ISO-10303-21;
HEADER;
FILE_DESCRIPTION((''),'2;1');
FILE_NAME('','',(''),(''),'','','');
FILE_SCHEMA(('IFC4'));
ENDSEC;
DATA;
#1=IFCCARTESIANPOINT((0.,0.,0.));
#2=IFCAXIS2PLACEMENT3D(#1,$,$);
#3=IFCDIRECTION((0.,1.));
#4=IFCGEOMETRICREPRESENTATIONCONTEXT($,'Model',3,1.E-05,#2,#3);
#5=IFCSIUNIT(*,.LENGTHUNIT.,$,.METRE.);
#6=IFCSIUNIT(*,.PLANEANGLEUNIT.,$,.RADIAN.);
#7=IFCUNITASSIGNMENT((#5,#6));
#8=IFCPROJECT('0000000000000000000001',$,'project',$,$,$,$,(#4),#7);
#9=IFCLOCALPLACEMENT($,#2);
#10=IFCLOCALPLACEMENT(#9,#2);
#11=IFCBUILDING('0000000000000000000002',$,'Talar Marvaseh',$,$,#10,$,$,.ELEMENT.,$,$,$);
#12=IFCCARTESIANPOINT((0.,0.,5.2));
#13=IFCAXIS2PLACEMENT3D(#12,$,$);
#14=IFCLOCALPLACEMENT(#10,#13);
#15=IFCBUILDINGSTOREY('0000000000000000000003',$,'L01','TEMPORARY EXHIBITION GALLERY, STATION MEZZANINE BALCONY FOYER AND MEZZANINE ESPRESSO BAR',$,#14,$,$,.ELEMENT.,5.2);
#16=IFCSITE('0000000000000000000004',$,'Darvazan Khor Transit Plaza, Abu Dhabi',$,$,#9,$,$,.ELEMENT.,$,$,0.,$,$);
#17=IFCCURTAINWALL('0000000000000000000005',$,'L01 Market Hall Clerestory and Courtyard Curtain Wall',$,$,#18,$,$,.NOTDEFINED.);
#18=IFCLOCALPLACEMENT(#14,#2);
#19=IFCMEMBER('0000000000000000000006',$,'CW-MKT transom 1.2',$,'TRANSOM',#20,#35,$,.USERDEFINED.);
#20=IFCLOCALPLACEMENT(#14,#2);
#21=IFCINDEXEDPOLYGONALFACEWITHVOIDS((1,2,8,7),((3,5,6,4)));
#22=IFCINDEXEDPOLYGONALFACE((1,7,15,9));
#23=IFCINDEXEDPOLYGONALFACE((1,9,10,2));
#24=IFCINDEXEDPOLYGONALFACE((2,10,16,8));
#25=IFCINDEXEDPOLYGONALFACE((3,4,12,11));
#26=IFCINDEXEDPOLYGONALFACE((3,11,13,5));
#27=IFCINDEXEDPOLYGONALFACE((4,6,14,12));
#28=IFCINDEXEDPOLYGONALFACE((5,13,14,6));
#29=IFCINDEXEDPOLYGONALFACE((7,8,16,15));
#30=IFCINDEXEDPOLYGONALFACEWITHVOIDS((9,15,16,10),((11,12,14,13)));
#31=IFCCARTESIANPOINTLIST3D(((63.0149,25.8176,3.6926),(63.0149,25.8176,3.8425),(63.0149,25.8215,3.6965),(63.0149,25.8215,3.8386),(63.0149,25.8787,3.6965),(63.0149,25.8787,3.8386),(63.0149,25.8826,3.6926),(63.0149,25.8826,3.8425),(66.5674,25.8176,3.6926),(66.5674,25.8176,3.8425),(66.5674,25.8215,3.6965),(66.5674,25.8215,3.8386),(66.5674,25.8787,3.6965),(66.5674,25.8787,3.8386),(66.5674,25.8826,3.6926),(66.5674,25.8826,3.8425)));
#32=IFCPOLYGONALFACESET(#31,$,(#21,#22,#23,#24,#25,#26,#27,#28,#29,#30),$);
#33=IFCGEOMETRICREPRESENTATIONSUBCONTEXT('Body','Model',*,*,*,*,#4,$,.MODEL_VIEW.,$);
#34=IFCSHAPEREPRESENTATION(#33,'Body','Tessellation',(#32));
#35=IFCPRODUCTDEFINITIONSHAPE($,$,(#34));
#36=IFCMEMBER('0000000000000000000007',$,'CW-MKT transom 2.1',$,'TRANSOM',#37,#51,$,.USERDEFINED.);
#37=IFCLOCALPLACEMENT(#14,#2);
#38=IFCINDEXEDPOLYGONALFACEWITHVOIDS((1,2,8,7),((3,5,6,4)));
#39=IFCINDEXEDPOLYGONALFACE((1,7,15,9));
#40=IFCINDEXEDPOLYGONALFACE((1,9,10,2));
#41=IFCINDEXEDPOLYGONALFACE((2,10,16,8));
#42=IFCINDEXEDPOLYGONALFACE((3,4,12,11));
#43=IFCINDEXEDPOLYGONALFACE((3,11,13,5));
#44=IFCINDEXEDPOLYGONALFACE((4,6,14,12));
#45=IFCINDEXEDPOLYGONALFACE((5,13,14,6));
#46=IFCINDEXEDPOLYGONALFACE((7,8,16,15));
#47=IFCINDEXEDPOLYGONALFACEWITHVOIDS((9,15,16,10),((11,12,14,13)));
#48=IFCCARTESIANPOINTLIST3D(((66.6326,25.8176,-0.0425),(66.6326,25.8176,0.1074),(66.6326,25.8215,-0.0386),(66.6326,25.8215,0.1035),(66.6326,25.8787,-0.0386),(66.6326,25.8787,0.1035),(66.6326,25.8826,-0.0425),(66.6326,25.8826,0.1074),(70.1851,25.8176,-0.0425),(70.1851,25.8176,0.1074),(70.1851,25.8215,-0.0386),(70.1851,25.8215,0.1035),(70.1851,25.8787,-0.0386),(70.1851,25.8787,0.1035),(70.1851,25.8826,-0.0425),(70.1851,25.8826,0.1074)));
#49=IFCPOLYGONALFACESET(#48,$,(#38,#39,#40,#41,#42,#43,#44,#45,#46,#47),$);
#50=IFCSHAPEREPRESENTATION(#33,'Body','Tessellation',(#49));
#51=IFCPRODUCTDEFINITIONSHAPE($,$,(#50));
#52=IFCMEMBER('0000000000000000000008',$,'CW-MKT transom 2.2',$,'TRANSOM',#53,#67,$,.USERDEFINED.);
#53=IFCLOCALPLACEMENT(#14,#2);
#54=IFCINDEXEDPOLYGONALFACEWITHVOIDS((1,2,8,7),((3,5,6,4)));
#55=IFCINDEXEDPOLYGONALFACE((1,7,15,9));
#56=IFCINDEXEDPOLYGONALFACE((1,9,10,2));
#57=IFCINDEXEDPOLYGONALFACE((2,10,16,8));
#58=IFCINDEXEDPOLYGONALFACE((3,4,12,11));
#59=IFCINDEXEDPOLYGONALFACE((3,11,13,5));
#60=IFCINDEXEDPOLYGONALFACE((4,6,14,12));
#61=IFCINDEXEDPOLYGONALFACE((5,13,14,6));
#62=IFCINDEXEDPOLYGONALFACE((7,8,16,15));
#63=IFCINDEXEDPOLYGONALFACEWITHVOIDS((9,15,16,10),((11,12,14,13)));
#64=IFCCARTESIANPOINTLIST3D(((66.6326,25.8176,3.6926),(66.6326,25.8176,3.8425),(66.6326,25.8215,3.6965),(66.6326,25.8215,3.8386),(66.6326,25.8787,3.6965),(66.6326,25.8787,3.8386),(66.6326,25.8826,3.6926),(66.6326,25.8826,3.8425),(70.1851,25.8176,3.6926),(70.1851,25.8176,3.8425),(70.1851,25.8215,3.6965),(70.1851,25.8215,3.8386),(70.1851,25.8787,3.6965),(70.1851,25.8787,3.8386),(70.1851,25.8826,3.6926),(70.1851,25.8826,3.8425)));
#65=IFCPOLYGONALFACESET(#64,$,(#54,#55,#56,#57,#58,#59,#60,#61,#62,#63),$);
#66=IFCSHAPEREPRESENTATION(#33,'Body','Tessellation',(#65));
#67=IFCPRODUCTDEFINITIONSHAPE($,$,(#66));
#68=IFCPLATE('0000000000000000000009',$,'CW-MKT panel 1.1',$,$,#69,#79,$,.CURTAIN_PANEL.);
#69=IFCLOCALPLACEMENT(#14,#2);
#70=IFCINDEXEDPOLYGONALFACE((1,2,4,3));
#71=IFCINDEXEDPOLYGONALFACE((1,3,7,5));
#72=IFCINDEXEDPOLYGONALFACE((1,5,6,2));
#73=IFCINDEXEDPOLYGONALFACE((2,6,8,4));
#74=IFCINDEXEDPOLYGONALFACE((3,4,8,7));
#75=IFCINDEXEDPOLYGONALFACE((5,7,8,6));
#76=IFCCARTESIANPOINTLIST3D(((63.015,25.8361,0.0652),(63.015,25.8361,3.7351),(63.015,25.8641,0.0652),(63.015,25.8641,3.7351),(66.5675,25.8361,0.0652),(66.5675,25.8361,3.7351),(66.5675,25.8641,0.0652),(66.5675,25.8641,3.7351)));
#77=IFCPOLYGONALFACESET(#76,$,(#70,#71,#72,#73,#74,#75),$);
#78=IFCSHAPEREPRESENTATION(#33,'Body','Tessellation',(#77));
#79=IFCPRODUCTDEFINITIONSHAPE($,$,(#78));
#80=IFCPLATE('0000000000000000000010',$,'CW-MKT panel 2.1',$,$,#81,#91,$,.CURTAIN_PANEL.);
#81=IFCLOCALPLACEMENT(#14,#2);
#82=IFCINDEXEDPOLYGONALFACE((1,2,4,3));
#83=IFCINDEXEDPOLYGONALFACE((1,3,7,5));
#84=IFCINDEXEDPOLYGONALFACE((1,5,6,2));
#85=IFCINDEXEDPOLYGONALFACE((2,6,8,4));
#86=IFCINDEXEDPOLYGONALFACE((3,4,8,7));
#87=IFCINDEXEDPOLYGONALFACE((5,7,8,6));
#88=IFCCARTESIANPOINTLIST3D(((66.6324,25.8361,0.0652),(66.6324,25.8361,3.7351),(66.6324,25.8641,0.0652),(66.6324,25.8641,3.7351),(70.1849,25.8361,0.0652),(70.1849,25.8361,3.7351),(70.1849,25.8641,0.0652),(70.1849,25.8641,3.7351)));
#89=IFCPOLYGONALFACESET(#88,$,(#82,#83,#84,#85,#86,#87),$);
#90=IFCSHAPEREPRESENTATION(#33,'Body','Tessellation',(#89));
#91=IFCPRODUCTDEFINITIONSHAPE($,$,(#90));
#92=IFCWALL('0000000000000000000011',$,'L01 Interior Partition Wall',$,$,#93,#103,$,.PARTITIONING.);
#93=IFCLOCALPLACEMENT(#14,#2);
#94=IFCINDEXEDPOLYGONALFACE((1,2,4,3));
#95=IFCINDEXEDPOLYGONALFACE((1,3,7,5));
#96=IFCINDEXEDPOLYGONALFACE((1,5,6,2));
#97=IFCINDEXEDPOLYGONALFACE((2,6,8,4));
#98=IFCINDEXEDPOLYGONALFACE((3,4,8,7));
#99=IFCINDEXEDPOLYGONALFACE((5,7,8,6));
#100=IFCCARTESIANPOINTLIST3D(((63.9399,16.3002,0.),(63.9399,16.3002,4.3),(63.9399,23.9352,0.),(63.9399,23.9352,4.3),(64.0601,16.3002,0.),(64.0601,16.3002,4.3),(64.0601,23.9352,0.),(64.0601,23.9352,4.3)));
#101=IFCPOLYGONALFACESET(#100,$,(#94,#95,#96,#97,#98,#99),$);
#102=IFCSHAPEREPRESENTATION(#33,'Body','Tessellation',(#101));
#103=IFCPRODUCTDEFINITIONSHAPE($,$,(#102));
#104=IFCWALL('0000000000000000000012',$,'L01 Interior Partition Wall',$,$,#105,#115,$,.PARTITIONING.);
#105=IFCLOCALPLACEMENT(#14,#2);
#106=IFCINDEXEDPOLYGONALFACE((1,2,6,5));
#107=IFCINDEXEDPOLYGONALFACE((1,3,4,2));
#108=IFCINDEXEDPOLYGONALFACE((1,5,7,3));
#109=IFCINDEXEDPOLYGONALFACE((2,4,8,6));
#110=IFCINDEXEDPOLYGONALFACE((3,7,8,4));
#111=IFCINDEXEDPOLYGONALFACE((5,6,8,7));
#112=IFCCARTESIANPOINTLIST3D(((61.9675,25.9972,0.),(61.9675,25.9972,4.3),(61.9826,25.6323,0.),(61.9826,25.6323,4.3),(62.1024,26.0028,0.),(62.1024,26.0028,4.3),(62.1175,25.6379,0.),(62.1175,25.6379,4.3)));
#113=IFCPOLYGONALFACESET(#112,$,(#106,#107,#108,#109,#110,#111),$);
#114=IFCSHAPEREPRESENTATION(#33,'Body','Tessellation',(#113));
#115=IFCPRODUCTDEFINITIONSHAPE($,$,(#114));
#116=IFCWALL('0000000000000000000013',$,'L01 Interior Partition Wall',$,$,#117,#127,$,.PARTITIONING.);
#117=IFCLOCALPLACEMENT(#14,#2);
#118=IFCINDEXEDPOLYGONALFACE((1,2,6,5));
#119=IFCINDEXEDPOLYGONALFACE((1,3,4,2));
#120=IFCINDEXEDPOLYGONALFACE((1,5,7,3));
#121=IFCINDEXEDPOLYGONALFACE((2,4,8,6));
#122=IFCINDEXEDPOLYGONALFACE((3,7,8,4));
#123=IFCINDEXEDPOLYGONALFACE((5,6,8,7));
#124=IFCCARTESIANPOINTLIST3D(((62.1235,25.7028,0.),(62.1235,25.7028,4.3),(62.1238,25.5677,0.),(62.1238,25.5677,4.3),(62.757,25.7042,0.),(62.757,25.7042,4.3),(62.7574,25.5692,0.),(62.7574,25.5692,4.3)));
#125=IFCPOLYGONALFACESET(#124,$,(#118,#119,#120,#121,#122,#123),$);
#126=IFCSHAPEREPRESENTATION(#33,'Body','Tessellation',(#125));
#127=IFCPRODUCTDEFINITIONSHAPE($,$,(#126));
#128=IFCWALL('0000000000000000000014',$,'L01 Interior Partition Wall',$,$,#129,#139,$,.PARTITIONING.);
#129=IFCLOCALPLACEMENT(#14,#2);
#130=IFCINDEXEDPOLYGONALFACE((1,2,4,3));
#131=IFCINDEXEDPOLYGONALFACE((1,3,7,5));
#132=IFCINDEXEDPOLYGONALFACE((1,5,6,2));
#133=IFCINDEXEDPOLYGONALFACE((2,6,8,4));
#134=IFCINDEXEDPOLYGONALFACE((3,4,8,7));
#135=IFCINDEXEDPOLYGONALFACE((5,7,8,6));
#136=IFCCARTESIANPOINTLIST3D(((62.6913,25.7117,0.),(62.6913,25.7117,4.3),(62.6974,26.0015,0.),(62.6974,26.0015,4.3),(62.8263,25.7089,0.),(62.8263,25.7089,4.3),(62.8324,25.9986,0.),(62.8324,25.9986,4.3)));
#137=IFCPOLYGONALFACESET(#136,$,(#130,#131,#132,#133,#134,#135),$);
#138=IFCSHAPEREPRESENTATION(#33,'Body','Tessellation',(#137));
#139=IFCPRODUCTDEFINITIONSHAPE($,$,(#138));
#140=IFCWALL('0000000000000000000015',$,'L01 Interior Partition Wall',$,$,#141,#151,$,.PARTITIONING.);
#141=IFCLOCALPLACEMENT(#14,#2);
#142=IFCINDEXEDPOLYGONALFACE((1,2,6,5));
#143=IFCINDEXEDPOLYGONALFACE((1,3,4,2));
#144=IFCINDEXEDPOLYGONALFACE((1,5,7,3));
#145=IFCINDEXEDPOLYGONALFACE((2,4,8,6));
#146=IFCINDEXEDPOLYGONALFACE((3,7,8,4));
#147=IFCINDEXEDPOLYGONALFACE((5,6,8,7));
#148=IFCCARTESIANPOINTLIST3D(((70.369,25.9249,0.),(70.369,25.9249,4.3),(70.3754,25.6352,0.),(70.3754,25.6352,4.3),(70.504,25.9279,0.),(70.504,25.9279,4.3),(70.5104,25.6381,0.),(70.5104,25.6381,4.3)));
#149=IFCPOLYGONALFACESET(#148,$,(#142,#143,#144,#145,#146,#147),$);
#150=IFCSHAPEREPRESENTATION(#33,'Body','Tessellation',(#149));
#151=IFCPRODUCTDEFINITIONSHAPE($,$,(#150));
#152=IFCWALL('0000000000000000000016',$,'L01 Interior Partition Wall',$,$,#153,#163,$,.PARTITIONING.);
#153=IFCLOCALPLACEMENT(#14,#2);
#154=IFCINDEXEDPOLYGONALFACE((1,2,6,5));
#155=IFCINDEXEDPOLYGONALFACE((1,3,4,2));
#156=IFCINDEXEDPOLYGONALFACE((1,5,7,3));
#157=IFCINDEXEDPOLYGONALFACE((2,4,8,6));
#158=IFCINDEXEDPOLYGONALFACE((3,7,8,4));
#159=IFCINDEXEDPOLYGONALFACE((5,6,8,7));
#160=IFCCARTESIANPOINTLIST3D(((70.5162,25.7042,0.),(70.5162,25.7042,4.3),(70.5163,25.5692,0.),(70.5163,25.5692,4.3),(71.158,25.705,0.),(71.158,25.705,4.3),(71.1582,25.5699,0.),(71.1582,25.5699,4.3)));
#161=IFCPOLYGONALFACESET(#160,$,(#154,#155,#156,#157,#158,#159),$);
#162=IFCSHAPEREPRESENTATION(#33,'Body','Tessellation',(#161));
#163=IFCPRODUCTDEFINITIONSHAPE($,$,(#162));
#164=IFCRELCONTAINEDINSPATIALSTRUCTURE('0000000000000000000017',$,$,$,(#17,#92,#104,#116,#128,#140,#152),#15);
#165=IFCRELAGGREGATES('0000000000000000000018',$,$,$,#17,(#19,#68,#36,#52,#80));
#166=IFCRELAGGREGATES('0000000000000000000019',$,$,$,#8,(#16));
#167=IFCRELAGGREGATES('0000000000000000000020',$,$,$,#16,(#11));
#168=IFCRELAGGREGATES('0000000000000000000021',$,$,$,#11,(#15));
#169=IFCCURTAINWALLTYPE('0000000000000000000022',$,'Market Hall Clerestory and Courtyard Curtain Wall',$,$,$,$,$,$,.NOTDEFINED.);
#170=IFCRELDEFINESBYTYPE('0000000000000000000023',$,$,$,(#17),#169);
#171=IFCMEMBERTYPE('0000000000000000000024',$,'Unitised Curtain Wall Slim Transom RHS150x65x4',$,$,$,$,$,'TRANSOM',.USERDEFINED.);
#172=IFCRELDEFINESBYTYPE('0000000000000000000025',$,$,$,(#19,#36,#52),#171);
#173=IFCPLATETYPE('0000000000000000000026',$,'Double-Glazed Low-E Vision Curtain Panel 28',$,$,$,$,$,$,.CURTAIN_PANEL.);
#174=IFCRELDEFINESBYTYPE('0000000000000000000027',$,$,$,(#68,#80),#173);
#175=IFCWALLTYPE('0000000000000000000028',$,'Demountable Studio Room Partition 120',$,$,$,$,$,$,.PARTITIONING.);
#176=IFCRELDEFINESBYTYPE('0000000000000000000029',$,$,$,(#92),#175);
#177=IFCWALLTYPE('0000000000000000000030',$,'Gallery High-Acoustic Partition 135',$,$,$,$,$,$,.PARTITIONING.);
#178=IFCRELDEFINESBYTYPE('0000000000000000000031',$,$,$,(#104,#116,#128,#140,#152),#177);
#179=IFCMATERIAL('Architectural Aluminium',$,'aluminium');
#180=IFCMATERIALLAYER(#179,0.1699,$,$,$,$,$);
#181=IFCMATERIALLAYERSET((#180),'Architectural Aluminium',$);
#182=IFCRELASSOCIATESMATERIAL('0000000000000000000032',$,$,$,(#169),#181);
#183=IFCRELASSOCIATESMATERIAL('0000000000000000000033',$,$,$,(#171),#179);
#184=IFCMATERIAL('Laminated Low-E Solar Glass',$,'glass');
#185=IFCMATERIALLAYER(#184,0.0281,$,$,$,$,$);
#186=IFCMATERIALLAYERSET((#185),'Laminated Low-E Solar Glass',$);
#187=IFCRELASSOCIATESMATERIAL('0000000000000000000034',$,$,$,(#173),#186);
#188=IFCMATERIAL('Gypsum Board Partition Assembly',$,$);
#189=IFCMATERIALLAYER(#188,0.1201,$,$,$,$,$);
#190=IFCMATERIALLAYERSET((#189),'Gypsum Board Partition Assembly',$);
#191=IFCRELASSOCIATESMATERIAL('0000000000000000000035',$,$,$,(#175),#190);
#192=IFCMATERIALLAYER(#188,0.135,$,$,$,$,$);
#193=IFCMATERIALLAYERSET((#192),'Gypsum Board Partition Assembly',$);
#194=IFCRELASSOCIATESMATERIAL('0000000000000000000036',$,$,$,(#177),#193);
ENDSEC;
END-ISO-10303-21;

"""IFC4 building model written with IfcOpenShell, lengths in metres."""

from ifc_helpers import new_model, si_unit, direction, frame, frame_2d, origin, origin_2d, place, context, subcontext, project, spatial, rectangle, hollow_rectangle, extrude, source, transform, mapped, material, layer, layer_set, material_profile, profile_set, type_object, type_shapes, element, aggregate, save


model = new_model("IFC4")

# Units and contexts
model_context = context("Model", 3, precision=1e-05, world=origin(), true_north=direction((0.0, 1.0)))
body_context = subcontext(model_context, "Body", "Model", "MODEL_VIEW")
ifc_project = project(units=[si_unit("LENGTHUNIT", "METRE"), si_unit("PLANEANGLEUNIT", "RADIAN")], contexts=[model_context])

# Site, building, storey
site_placement = place(None, origin())
site = spatial("IfcSite", under=ifc_project, at=site_placement, Name="Darvazan Khor Transit Plaza, Abu Dhabi", CompositionType="ELEMENT", RefElevation=0.0)
building_placement = place(site_placement, origin())
building = spatial("IfcBuilding", under=site, at=building_placement, Name="Talar Marvaseh", CompositionType="ELEMENT")
storey_placement = place(building_placement, frame((0.0, 0.0, 5.2)))
storey = spatial("IfcBuildingStorey", under=building, at=storey_placement, Name="L01", Description="TEMPORARY EXHIBITION GALLERY, STATION MEZZANINE BALCONY FOYER AND MEZZANINE ESPRESSO BAR", CompositionType="ELEMENT", Elevation=5.2)

# Curtain wall, members, plates
ifc_material_1 = material(Name="Architectural Aluminium", Category="aluminium")
ifc_layer_1 = layer(ifc_material_1, 0.1699)
ifc_layer_set_1 = layer_set([ifc_layer_1], Name="Architectural Aluminium")
curtain_wall_type = type_object("IfcCurtainWallType", Name="Market Hall Clerestory and Courtyard Curtain Wall", PredefinedType="NOTDEFINED", material=ifc_layer_set_1)
curtain_wall_placement = place(storey_placement, origin())
curtain_wall = element("IfcCurtainWall", 1, at=curtain_wall_placement, inside=storey, type_object=curtain_wall_type, Name="L01 Market Hall Clerestory and Courtyard Curtain Wall", PredefinedType="NOTDEFINED")
ifc_material_profile_1 = material_profile(ifc_material_1, hollow_rectangle(XDim=0.0649, YDim=0.1499, WallThickness=0.0039, at=origin_2d()), Name="RHS150x65x4")
ifc_profile_set_1 = profile_set([ifc_material_profile_1], Name="Architectural Aluminium")
member_type_1 = type_object("IfcMemberType", Name="Unitised Curtain Wall Slim Transom RHS150x65x4", ElementType="TRANSOM", PredefinedType="USERDEFINED", material=ifc_profile_set_1)
shared_shape_1 = source(origin(), body_context, "Body", "SweptSolid", [
    extrude(hollow_rectangle(XDim=0.0649, YDim=0.1499, WallThickness=0.0039, at=origin_2d()), origin(), (0.0, 0.0, 1.0), 3.5525),
])
type_shapes(member_type_1, [shared_shape_1])
member_1_placement = place(storey_placement, frame((63.0149, 25.8501, 3.7676), z_axis=(1.0, 0.0, 0.0), x_axis=(0.0, 1.0, 0.0)))
member_1 = element("IfcMember", 2, at=member_1_placement, type_object=member_type_1, Name="CW-MKT transom 1.2", ObjectType="TRANSOM", PredefinedType="USERDEFINED", context=body_context, shape_type="MappedRepresentation", body=[
    mapped(shared_shape_1, transform((0.0, 0.0, 0.0), x_axis=(1.0, 0.0, 0.0), y_axis=(0.0, 1.0, 0.0), z_axis=(0.0, 0.0, 1.0), scale=1.0)),
])
member_2_placement = place(storey_placement, frame((66.6326, 25.8501, 0.0325), z_axis=(1.0, 0.0, 0.0), x_axis=(0.0, 1.0, 0.0)))
member_2 = element("IfcMember", 3, at=member_2_placement, type_object=member_type_1, Name="CW-MKT transom 2.1", ObjectType="TRANSOM", PredefinedType="USERDEFINED", context=body_context, shape_type="MappedRepresentation", body=[
    mapped(shared_shape_1, transform((0.0, 0.0, 0.0), x_axis=(1.0, 0.0, 0.0), y_axis=(0.0, 1.0, 0.0), z_axis=(0.0, 0.0, 1.0), scale=1.0)),
])
member_3_placement = place(storey_placement, frame((66.6326, 25.8501, 3.7676), z_axis=(1.0, 0.0, 0.0), x_axis=(0.0, 1.0, 0.0)))
member_3 = element("IfcMember", 4, at=member_3_placement, type_object=member_type_1, Name="CW-MKT transom 2.2", ObjectType="TRANSOM", PredefinedType="USERDEFINED", context=body_context, shape_type="MappedRepresentation", body=[
    mapped(shared_shape_1, transform((0.0, 0.0, 0.0), x_axis=(1.0, 0.0, 0.0), y_axis=(0.0, 1.0, 0.0), z_axis=(0.0, 0.0, 1.0), scale=1.0)),
])
ifc_material_2 = material(Name="Laminated Low-E Solar Glass", Category="glass")
ifc_layer_2 = layer(ifc_material_2, 0.0281)
ifc_layer_set_2 = layer_set([ifc_layer_2], Name="Laminated Low-E Solar Glass")
plate_type = type_object("IfcPlateType", Name="Double-Glazed Low-E Vision Curtain Panel 28", PredefinedType="CURTAIN_PANEL", material=ifc_layer_set_2)
shared_shape_2 = source(origin(), body_context, "Body", "SweptSolid", [
    extrude(rectangle(XDim=3.5525, YDim=0.0281, at=origin_2d()), origin(), (0.0, 0.0, 1.0), 3.6699),
])
type_shapes(plate_type, [shared_shape_2])
plate_1_placement = place(storey_placement, frame((64.7913, 25.8501, 0.0652), z_axis=(0.0, 0.0, 1.0), x_axis=(1.0, 0.0, 0.0)))
plate_1 = element("IfcPlate", 5, at=plate_1_placement, type_object=plate_type, Name="CW-MKT panel 1.1", PredefinedType="CURTAIN_PANEL", context=body_context, shape_type="MappedRepresentation", body=[
    mapped(shared_shape_2, transform((0.0, 0.0, 0.0), x_axis=(1.0, 0.0, 0.0), y_axis=(0.0, 1.0, 0.0), z_axis=(0.0, 0.0, 1.0), scale=1.0)),
])
plate_2_placement = place(storey_placement, frame((68.4087, 25.8501, 0.0652), z_axis=(0.0, 0.0, 1.0), x_axis=(1.0, 0.0, 0.0)))
plate_2 = element("IfcPlate", 6, at=plate_2_placement, type_object=plate_type, Name="CW-MKT panel 2.1", PredefinedType="CURTAIN_PANEL", context=body_context, shape_type="MappedRepresentation", body=[
    mapped(shared_shape_2, transform((0.0, 0.0, 0.0), x_axis=(1.0, 0.0, 0.0), y_axis=(0.0, 1.0, 0.0), z_axis=(0.0, 0.0, 1.0), scale=1.0)),
])
aggregate(curtain_wall, [member_1, plate_1, member_2, member_3, plate_2])

# Walls
ifc_material_3 = material(Name="Gypsum Board Partition Assembly")
ifc_layer_3 = layer(ifc_material_3, 0.1201)
ifc_layer_set_3 = layer_set([ifc_layer_3], Name="Gypsum Board Partition Assembly")
wall_type_1 = type_object("IfcWallType", Name="Demountable Studio Room Partition 120", PredefinedType="PARTITIONING", material=ifc_layer_set_3)
wall_1_placement = place(storey_placement, frame((64.0, 23.9351, 0.0), z_axis=(0.0, 0.0, 1.0), x_axis=(0.0, -1.0, 0.0)))
element("IfcWall", 7, at=wall_1_placement, inside=storey, type_object=wall_type_1, Name="L01 Interior Partition Wall", PredefinedType="PARTITIONING", context=body_context, shape_type="SweptSolid", body=[
    extrude(rectangle(XDim=7.635, YDim=0.1201, at=frame_2d((3.8174, 0.0))), origin(), (0.0, 0.0, 1.0), 4.3),
])
ifc_layer_4 = layer(ifc_material_3, 0.135)
ifc_layer_set_4 = layer_set([ifc_layer_4], Name="Gypsum Board Partition Assembly")
wall_type_2 = type_object("IfcWallType", Name="Gallery High-Acoustic Partition 135", PredefinedType="PARTITIONING", material=ifc_layer_set_4)
wall_2_placement = place(storey_placement, frame((62.0349, 26.0, 0.0), z_axis=(0.0, 0.0, 1.0), x_axis=(0.041436, -0.999141, 0.0)))
element("IfcWall", 8, at=wall_2_placement, inside=storey, type_object=wall_type_2, Name="L01 Interior Partition Wall", PredefinedType="PARTITIONING", context=body_context, shape_type="SweptSolid", body=[
    extrude(rectangle(XDim=0.3652, YDim=0.135, at=frame_2d((0.1826, 0.0))), origin(), (0.0, 0.0, 1.0), 4.3),
])
wall_3_placement = place(storey_placement, frame((62.1235, 25.6353, 0.0), z_axis=(0.0, 0.0, 1.0), x_axis=(0.999997, 0.002312, 0.0)))
element("IfcWall", 9, at=wall_3_placement, inside=storey, type_object=wall_type_2, Name="L01 Interior Partition Wall", PredefinedType="PARTITIONING", context=body_context, shape_type="SweptSolid", body=[
    extrude(rectangle(XDim=0.6335, YDim=0.135, at=frame_2d((0.3169, 0.0))), origin(), (0.0, 0.0, 1.0), 4.3),
])
for number, where, z_axis, x_axis, name in (
    (10, (62.7588, 25.7102, 0.0), (0.0, 0.0, 1.0), (0.021057, 0.999778, 0.0), "L01 Interior Partition Wall"),
    (11, (70.4365, 25.9265, 0.0), (0.0, 0.0, 1.0), (0.021899, -0.99976, 0.0), "L01 Interior Partition Wall"),
):
    element("IfcWall", number, at=place(storey_placement, frame(where, z_axis=z_axis, x_axis=x_axis)), inside=storey, type_object=wall_type_2, Name=name, PredefinedType="PARTITIONING", context=body_context, shape_type="SweptSolid", body=[
        extrude(rectangle(XDim=0.2898, YDim=0.135, at=frame_2d((0.145, 0.0))), origin(), (0.0, 0.0, 1.0), 4.3),
    ])
wall_4_placement = place(storey_placement, frame((70.5164, 25.6367, 0.0), z_axis=(0.0, 0.0, 1.0), x_axis=(0.999999, 0.001141, 0.0)))
element("IfcWall", 12, at=wall_4_placement, inside=storey, type_object=wall_type_2, Name="L01 Interior Partition Wall", PredefinedType="PARTITIONING", context=body_context, shape_type="SweptSolid", body=[
    extrude(rectangle(XDim=0.6418, YDim=0.135, at=frame_2d((0.3208, 0.0))), origin(), (0.0, 0.0, 1.0), 4.3),
])

save(model, "model.ifc")
